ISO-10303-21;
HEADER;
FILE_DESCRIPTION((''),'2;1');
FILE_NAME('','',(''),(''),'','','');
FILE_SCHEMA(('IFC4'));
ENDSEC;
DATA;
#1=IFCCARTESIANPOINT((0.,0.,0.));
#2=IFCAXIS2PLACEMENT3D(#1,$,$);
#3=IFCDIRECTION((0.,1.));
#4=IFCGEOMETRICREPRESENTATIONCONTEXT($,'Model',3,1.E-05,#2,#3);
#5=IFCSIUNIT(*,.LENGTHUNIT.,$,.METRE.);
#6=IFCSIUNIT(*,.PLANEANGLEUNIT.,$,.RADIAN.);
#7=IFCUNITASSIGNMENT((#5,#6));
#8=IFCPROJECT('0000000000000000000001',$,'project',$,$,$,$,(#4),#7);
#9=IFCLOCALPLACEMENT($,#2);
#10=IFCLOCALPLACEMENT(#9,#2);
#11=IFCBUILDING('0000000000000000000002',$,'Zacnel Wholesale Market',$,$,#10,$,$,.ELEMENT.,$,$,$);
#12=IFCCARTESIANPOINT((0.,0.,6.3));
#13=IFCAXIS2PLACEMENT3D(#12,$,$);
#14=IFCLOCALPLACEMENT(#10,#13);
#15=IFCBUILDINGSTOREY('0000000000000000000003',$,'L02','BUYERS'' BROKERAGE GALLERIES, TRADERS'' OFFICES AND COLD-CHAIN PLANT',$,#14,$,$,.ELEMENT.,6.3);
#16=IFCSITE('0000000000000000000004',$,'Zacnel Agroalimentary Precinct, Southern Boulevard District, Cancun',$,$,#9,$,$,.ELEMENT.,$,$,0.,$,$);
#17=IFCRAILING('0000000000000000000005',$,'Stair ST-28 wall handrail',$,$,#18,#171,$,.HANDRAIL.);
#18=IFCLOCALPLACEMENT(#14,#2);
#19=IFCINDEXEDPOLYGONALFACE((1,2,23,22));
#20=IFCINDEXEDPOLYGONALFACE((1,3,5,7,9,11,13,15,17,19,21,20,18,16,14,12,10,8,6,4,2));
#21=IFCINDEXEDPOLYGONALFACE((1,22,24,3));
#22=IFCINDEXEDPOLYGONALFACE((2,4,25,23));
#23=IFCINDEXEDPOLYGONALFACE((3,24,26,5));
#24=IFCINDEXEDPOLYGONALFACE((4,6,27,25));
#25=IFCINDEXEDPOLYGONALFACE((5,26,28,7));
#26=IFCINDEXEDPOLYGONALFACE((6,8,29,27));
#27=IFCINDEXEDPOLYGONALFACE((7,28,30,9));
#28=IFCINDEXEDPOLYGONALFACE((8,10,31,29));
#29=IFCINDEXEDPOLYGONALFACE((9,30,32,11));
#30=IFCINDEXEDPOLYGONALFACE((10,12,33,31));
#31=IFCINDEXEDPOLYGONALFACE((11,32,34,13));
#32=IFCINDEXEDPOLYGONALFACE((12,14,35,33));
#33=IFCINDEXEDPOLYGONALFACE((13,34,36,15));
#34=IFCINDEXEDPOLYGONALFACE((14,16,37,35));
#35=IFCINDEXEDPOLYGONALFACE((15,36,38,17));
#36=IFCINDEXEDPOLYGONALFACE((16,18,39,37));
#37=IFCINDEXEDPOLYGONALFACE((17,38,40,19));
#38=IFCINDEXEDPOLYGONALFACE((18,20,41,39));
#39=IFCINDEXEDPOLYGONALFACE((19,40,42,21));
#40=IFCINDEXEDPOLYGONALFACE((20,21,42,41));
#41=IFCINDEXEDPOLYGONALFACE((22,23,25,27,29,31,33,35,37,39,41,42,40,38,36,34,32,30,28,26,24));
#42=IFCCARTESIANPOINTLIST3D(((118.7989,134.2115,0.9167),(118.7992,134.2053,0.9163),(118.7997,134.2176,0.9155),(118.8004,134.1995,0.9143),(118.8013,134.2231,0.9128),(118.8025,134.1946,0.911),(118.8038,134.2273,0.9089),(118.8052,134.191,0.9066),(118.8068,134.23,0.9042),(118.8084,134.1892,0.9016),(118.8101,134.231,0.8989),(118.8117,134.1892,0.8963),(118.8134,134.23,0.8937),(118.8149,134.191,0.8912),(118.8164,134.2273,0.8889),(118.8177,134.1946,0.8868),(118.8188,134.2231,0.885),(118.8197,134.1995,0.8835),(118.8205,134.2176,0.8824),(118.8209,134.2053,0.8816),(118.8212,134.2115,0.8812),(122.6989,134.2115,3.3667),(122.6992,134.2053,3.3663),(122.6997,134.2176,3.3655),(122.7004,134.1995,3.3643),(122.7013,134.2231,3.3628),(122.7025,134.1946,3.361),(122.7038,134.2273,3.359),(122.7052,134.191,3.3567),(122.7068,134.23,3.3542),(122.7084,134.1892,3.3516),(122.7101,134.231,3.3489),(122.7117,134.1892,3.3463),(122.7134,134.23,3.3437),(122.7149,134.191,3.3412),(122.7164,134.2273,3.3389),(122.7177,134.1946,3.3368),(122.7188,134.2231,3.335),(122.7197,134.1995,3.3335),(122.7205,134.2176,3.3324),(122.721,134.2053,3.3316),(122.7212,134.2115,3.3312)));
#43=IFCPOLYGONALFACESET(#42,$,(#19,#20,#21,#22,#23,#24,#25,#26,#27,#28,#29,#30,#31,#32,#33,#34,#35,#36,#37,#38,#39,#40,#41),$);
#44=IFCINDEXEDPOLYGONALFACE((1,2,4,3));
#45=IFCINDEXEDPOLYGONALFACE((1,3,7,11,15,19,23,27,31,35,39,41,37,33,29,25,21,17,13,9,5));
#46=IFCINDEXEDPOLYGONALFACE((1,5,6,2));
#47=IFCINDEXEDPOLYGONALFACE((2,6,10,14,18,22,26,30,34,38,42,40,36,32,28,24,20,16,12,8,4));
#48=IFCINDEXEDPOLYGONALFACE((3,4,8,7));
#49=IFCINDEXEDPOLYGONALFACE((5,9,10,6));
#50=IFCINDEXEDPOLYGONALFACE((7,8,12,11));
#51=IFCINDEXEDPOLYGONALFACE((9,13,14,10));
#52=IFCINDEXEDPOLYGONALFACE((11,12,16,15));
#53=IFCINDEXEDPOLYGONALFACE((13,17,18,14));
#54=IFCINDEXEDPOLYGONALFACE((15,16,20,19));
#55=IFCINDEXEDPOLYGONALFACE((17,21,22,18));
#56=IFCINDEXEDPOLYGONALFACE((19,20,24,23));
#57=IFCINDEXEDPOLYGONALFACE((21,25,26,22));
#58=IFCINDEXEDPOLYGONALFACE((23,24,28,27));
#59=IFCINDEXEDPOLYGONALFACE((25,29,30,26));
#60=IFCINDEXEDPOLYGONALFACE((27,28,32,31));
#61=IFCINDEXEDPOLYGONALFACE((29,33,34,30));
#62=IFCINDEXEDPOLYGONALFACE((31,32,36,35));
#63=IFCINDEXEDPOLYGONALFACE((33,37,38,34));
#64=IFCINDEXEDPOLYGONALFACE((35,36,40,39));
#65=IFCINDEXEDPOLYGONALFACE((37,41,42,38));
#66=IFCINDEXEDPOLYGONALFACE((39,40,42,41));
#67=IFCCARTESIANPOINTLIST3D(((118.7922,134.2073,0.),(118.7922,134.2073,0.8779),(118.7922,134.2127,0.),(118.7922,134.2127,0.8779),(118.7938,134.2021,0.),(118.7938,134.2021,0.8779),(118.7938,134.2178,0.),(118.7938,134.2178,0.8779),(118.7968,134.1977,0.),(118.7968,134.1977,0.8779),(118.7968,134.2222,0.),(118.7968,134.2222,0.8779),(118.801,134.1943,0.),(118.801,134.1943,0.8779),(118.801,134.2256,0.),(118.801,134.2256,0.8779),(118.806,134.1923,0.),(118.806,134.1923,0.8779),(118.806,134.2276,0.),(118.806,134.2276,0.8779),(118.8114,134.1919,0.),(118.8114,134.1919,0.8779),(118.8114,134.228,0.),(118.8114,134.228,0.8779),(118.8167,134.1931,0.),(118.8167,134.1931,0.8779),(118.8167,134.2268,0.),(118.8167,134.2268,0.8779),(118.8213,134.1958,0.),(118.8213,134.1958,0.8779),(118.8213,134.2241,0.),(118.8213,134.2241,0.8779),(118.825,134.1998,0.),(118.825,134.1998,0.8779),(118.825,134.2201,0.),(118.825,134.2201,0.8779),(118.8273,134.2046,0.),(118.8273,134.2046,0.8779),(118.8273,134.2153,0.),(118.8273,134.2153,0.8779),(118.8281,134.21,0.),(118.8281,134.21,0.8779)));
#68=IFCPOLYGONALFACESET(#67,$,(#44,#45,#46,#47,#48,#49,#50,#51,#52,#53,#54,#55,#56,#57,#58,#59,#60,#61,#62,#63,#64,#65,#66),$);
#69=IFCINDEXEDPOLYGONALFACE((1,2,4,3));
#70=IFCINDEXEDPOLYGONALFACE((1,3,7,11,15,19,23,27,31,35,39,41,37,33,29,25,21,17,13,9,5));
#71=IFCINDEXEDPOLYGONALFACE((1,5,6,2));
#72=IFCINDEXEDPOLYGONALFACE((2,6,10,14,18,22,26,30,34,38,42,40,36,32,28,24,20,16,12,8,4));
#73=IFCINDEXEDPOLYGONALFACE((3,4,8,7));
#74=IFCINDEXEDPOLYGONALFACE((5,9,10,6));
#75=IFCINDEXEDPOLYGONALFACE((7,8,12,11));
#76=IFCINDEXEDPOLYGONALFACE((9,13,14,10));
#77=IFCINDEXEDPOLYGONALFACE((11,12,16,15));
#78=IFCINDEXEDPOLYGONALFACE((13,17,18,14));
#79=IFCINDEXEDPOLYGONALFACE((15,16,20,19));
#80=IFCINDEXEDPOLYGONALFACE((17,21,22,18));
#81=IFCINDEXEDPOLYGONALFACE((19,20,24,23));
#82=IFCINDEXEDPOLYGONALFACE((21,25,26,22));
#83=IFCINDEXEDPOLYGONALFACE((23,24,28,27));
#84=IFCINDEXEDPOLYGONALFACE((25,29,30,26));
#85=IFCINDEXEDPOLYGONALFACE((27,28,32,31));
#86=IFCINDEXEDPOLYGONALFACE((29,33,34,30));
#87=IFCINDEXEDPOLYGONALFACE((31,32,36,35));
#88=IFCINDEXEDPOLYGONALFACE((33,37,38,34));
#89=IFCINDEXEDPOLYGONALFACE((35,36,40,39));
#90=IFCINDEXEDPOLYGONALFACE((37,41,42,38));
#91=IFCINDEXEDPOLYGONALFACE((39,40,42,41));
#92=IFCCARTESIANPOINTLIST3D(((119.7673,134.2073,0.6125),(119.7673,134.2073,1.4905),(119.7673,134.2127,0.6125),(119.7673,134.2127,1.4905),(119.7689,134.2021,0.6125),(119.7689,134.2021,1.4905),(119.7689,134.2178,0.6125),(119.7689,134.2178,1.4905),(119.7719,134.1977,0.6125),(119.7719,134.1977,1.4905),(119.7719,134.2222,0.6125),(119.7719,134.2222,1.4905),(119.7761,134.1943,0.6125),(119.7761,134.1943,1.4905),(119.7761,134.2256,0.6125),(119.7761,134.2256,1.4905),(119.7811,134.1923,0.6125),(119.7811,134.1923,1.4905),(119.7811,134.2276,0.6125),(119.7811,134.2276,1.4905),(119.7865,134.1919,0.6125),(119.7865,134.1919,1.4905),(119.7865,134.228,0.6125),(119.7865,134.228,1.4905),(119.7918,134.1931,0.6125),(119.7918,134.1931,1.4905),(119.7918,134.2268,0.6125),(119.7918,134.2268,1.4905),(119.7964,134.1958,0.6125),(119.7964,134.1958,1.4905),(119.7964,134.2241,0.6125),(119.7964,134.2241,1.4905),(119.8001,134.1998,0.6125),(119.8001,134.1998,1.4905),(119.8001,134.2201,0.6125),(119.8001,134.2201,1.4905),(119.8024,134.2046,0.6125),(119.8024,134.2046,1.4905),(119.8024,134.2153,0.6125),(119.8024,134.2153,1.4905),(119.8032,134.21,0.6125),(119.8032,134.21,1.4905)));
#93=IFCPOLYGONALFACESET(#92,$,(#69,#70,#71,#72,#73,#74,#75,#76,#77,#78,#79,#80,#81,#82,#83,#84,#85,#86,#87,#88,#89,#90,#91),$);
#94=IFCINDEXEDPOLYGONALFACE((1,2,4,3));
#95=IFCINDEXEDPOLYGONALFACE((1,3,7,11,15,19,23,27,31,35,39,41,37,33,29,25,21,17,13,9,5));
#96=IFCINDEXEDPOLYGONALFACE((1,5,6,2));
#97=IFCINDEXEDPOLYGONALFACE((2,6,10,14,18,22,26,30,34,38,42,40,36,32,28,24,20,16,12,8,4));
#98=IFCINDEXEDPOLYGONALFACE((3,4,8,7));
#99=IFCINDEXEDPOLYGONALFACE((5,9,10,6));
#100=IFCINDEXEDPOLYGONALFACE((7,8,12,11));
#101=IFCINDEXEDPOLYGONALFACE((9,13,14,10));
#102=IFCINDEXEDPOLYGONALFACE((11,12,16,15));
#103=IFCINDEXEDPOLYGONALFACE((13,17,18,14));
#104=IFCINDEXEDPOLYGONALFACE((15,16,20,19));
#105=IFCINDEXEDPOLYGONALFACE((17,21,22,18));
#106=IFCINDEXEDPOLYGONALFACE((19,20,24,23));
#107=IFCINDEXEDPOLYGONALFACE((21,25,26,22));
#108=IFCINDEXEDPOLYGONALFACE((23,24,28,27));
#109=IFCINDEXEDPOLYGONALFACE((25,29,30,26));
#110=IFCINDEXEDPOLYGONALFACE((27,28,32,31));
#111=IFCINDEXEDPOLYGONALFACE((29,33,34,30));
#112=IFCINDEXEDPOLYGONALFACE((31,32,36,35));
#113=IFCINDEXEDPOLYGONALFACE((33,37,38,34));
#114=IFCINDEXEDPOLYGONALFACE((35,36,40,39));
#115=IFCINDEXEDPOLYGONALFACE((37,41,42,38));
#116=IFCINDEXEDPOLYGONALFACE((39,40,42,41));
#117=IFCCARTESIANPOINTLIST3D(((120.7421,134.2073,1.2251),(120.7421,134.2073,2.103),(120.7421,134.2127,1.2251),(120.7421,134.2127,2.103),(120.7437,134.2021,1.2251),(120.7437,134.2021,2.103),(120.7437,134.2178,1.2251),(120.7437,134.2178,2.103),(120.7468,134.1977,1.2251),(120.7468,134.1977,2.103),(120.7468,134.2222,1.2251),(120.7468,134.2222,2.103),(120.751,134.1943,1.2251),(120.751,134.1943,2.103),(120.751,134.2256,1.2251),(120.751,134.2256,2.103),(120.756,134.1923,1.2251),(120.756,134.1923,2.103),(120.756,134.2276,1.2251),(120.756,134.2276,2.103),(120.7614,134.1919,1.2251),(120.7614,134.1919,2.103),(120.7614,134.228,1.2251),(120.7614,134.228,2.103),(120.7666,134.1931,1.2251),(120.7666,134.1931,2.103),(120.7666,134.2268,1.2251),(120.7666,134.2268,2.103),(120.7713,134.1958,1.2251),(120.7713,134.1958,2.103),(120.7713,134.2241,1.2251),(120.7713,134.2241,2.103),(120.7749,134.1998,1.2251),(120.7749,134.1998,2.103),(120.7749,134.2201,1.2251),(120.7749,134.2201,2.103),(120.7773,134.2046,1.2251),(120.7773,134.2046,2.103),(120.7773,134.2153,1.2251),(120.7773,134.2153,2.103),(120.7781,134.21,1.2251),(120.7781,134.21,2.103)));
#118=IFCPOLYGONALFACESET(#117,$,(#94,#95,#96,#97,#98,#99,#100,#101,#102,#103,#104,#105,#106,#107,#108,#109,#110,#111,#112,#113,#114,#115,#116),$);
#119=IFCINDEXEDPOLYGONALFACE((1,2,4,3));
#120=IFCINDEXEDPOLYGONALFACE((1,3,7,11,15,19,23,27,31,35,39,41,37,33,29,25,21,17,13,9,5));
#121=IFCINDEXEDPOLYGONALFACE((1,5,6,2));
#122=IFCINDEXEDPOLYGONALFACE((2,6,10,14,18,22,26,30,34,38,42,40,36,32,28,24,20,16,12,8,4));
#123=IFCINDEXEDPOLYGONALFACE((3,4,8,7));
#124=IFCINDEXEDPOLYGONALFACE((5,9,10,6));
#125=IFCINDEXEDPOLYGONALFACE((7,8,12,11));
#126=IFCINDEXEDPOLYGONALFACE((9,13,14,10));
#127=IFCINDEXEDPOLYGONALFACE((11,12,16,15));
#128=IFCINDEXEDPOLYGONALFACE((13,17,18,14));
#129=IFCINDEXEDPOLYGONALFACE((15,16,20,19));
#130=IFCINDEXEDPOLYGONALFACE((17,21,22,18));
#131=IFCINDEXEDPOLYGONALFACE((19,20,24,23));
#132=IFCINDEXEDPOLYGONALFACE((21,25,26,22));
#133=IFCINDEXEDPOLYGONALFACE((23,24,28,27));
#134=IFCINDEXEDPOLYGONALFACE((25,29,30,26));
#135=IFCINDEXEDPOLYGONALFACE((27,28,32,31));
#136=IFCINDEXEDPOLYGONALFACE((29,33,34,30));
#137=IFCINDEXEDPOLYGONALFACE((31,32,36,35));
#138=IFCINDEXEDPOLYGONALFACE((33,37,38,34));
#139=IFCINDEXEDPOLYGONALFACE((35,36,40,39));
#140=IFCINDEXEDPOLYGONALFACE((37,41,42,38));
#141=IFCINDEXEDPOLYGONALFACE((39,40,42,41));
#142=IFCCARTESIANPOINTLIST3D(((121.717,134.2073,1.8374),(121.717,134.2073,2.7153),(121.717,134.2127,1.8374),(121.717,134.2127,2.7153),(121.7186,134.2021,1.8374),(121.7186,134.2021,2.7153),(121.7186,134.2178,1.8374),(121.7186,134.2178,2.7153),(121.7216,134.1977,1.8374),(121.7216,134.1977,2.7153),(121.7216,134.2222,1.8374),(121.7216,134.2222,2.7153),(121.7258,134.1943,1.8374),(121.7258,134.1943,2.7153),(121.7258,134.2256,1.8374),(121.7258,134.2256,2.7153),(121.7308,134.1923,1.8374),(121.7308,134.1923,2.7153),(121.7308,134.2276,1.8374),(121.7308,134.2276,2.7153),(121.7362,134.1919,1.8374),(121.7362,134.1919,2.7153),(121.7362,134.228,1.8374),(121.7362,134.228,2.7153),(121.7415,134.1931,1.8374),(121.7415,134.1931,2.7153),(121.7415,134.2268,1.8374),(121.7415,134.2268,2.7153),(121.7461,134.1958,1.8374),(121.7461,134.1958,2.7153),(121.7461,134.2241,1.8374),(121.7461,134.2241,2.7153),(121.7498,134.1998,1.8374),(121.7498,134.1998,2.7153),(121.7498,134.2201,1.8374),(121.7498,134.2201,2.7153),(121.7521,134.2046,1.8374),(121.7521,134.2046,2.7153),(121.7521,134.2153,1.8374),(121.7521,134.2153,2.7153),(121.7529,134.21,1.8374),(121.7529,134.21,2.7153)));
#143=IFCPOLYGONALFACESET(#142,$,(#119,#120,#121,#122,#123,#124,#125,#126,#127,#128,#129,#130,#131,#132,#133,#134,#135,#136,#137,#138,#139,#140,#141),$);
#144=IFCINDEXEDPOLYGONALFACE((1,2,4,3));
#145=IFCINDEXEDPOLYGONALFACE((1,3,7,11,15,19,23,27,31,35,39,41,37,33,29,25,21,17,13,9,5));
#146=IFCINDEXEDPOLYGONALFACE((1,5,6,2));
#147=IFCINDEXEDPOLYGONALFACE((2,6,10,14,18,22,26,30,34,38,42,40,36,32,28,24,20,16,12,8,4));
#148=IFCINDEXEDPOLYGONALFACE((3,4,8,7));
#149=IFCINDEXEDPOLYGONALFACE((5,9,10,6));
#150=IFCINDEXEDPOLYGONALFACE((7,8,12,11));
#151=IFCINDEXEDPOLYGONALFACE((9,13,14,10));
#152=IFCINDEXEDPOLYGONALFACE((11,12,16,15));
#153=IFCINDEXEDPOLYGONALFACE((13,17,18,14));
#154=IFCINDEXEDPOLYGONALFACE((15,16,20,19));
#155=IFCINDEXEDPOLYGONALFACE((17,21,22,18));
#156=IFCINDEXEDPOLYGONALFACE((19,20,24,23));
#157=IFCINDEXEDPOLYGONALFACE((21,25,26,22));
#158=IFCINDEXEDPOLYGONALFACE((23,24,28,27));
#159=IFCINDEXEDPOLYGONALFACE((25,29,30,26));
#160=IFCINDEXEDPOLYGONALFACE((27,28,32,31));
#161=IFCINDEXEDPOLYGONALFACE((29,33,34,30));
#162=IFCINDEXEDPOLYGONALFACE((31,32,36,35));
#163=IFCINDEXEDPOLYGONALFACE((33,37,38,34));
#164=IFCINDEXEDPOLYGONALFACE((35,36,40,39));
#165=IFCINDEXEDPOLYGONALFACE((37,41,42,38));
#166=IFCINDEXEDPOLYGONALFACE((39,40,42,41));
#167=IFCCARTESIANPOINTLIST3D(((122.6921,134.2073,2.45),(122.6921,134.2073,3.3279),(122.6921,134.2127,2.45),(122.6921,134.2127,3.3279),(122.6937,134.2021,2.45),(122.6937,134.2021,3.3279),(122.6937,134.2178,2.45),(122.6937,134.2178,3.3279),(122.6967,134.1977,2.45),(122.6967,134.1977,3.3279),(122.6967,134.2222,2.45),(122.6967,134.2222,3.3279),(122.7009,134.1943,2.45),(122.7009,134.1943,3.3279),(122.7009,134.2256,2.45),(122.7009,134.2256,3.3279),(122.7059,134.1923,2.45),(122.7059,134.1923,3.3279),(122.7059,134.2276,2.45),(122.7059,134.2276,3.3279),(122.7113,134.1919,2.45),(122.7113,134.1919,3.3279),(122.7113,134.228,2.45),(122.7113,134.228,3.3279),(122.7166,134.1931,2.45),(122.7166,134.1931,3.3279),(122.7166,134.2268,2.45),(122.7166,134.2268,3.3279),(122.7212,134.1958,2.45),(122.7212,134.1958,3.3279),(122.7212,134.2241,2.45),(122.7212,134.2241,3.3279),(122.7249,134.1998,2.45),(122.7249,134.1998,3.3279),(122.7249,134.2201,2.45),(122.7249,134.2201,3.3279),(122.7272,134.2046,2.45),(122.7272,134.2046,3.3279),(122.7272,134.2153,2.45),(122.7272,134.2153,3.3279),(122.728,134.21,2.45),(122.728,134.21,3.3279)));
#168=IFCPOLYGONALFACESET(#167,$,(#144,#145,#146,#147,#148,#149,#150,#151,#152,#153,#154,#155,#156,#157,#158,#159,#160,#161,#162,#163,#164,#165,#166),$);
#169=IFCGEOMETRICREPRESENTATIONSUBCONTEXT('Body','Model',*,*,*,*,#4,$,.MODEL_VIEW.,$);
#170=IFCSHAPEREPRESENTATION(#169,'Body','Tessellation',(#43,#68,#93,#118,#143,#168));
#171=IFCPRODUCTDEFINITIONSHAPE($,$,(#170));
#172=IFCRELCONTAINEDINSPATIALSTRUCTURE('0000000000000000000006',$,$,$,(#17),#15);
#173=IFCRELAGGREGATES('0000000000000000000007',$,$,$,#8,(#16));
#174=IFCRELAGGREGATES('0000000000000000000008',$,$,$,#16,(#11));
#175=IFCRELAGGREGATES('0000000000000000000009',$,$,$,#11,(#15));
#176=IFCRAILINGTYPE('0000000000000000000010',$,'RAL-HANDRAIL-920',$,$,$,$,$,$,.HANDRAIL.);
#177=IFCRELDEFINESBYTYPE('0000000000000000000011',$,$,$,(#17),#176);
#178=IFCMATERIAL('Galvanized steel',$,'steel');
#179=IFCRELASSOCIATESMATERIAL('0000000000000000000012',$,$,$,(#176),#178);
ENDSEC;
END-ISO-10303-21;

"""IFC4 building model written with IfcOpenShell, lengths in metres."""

from ifc_helpers import new_model, si_unit, direction, frame, origin, origin_2d, place, context, subcontext, project, spatial, circle, extrude, material, type_object, element, save


model = new_model("IFC4")

# Units and contexts
model_context = context("Model", 3, precision=1e-05, world=origin(), true_north=direction((0.0, 1.0)))
body_context = subcontext(model_context, "Body", "Model", "MODEL_VIEW")
ifc_project = project(units=[si_unit("LENGTHUNIT", "METRE"), si_unit("PLANEANGLEUNIT", "RADIAN")], contexts=[model_context])

# Site, building, storey
site_placement = place(None, origin())
site = spatial("IfcSite", under=ifc_project, at=site_placement, Name="Zacnel Agroalimentary Precinct, Southern Boulevard District, Cancun", CompositionType="ELEMENT", RefElevation=0.0)
building_placement = place(site_placement, origin())
building = spatial("IfcBuilding", under=site, at=building_placement, Name="Zacnel Wholesale Market", CompositionType="ELEMENT")
storey_placement = place(building_placement, frame((0.0, 0.0, 6.3)))
storey = spatial("IfcBuildingStorey", under=building, at=storey_placement, Name="L02", Description="BUYERS' BROKERAGE GALLERIES, TRADERS' OFFICES AND COLD-CHAIN PLANT", CompositionType="ELEMENT", Elevation=6.3)

# Railing
ifc_material_1 = material(Name="Galvanized steel", Category="steel")
railing_type_1 = type_object("IfcRailingType", Name="RAL-HANDRAIL-920", PredefinedType="HANDRAIL", material=ifc_material_1)
railing_1_placement = place(storey_placement, frame((118.8101, 134.21, 0.0)))
element("IfcRailing", 1, at=railing_1_placement, inside=storey, type_object=railing_type_1, Name="Stair ST-28 wall handrail", PredefinedType="HANDRAIL", context=body_context, shape_type="SweptSolid", body=[
    extrude(circle(Radius=0.021, at=origin_2d()), frame((0.0, 0.0, 0.8989), z_axis=(0.846775, 0.0, 0.531951), x_axis=(0.0, 1.0, 0.0)), (0.0, 0.0, 1.0), 4.6057),
    extrude(circle(Radius=0.0181, at=origin_2d()), origin(), (0.0, 0.0, 1.0), 0.8779),
    extrude(circle(Radius=0.0181, at=origin_2d()), frame((0.9751, 0.0, 0.6125)), (0.0, 0.0, 1.0), 0.8779),
    extrude(circle(Radius=0.0181, at=origin_2d()), frame((1.95, 0.0, 1.2251)), (0.0, 0.0, 1.0), 0.8779),
    extrude(circle(Radius=0.0181, at=origin_2d()), frame((2.9248, 0.0, 1.8374)), (0.0, 0.0, 1.0), 0.8779),
    extrude(circle(Radius=0.0181, at=origin_2d()), frame((3.8999, 0.0, 2.45)), (0.0, 0.0, 1.0), 0.8779),
])

save(model, "model.ifc")
